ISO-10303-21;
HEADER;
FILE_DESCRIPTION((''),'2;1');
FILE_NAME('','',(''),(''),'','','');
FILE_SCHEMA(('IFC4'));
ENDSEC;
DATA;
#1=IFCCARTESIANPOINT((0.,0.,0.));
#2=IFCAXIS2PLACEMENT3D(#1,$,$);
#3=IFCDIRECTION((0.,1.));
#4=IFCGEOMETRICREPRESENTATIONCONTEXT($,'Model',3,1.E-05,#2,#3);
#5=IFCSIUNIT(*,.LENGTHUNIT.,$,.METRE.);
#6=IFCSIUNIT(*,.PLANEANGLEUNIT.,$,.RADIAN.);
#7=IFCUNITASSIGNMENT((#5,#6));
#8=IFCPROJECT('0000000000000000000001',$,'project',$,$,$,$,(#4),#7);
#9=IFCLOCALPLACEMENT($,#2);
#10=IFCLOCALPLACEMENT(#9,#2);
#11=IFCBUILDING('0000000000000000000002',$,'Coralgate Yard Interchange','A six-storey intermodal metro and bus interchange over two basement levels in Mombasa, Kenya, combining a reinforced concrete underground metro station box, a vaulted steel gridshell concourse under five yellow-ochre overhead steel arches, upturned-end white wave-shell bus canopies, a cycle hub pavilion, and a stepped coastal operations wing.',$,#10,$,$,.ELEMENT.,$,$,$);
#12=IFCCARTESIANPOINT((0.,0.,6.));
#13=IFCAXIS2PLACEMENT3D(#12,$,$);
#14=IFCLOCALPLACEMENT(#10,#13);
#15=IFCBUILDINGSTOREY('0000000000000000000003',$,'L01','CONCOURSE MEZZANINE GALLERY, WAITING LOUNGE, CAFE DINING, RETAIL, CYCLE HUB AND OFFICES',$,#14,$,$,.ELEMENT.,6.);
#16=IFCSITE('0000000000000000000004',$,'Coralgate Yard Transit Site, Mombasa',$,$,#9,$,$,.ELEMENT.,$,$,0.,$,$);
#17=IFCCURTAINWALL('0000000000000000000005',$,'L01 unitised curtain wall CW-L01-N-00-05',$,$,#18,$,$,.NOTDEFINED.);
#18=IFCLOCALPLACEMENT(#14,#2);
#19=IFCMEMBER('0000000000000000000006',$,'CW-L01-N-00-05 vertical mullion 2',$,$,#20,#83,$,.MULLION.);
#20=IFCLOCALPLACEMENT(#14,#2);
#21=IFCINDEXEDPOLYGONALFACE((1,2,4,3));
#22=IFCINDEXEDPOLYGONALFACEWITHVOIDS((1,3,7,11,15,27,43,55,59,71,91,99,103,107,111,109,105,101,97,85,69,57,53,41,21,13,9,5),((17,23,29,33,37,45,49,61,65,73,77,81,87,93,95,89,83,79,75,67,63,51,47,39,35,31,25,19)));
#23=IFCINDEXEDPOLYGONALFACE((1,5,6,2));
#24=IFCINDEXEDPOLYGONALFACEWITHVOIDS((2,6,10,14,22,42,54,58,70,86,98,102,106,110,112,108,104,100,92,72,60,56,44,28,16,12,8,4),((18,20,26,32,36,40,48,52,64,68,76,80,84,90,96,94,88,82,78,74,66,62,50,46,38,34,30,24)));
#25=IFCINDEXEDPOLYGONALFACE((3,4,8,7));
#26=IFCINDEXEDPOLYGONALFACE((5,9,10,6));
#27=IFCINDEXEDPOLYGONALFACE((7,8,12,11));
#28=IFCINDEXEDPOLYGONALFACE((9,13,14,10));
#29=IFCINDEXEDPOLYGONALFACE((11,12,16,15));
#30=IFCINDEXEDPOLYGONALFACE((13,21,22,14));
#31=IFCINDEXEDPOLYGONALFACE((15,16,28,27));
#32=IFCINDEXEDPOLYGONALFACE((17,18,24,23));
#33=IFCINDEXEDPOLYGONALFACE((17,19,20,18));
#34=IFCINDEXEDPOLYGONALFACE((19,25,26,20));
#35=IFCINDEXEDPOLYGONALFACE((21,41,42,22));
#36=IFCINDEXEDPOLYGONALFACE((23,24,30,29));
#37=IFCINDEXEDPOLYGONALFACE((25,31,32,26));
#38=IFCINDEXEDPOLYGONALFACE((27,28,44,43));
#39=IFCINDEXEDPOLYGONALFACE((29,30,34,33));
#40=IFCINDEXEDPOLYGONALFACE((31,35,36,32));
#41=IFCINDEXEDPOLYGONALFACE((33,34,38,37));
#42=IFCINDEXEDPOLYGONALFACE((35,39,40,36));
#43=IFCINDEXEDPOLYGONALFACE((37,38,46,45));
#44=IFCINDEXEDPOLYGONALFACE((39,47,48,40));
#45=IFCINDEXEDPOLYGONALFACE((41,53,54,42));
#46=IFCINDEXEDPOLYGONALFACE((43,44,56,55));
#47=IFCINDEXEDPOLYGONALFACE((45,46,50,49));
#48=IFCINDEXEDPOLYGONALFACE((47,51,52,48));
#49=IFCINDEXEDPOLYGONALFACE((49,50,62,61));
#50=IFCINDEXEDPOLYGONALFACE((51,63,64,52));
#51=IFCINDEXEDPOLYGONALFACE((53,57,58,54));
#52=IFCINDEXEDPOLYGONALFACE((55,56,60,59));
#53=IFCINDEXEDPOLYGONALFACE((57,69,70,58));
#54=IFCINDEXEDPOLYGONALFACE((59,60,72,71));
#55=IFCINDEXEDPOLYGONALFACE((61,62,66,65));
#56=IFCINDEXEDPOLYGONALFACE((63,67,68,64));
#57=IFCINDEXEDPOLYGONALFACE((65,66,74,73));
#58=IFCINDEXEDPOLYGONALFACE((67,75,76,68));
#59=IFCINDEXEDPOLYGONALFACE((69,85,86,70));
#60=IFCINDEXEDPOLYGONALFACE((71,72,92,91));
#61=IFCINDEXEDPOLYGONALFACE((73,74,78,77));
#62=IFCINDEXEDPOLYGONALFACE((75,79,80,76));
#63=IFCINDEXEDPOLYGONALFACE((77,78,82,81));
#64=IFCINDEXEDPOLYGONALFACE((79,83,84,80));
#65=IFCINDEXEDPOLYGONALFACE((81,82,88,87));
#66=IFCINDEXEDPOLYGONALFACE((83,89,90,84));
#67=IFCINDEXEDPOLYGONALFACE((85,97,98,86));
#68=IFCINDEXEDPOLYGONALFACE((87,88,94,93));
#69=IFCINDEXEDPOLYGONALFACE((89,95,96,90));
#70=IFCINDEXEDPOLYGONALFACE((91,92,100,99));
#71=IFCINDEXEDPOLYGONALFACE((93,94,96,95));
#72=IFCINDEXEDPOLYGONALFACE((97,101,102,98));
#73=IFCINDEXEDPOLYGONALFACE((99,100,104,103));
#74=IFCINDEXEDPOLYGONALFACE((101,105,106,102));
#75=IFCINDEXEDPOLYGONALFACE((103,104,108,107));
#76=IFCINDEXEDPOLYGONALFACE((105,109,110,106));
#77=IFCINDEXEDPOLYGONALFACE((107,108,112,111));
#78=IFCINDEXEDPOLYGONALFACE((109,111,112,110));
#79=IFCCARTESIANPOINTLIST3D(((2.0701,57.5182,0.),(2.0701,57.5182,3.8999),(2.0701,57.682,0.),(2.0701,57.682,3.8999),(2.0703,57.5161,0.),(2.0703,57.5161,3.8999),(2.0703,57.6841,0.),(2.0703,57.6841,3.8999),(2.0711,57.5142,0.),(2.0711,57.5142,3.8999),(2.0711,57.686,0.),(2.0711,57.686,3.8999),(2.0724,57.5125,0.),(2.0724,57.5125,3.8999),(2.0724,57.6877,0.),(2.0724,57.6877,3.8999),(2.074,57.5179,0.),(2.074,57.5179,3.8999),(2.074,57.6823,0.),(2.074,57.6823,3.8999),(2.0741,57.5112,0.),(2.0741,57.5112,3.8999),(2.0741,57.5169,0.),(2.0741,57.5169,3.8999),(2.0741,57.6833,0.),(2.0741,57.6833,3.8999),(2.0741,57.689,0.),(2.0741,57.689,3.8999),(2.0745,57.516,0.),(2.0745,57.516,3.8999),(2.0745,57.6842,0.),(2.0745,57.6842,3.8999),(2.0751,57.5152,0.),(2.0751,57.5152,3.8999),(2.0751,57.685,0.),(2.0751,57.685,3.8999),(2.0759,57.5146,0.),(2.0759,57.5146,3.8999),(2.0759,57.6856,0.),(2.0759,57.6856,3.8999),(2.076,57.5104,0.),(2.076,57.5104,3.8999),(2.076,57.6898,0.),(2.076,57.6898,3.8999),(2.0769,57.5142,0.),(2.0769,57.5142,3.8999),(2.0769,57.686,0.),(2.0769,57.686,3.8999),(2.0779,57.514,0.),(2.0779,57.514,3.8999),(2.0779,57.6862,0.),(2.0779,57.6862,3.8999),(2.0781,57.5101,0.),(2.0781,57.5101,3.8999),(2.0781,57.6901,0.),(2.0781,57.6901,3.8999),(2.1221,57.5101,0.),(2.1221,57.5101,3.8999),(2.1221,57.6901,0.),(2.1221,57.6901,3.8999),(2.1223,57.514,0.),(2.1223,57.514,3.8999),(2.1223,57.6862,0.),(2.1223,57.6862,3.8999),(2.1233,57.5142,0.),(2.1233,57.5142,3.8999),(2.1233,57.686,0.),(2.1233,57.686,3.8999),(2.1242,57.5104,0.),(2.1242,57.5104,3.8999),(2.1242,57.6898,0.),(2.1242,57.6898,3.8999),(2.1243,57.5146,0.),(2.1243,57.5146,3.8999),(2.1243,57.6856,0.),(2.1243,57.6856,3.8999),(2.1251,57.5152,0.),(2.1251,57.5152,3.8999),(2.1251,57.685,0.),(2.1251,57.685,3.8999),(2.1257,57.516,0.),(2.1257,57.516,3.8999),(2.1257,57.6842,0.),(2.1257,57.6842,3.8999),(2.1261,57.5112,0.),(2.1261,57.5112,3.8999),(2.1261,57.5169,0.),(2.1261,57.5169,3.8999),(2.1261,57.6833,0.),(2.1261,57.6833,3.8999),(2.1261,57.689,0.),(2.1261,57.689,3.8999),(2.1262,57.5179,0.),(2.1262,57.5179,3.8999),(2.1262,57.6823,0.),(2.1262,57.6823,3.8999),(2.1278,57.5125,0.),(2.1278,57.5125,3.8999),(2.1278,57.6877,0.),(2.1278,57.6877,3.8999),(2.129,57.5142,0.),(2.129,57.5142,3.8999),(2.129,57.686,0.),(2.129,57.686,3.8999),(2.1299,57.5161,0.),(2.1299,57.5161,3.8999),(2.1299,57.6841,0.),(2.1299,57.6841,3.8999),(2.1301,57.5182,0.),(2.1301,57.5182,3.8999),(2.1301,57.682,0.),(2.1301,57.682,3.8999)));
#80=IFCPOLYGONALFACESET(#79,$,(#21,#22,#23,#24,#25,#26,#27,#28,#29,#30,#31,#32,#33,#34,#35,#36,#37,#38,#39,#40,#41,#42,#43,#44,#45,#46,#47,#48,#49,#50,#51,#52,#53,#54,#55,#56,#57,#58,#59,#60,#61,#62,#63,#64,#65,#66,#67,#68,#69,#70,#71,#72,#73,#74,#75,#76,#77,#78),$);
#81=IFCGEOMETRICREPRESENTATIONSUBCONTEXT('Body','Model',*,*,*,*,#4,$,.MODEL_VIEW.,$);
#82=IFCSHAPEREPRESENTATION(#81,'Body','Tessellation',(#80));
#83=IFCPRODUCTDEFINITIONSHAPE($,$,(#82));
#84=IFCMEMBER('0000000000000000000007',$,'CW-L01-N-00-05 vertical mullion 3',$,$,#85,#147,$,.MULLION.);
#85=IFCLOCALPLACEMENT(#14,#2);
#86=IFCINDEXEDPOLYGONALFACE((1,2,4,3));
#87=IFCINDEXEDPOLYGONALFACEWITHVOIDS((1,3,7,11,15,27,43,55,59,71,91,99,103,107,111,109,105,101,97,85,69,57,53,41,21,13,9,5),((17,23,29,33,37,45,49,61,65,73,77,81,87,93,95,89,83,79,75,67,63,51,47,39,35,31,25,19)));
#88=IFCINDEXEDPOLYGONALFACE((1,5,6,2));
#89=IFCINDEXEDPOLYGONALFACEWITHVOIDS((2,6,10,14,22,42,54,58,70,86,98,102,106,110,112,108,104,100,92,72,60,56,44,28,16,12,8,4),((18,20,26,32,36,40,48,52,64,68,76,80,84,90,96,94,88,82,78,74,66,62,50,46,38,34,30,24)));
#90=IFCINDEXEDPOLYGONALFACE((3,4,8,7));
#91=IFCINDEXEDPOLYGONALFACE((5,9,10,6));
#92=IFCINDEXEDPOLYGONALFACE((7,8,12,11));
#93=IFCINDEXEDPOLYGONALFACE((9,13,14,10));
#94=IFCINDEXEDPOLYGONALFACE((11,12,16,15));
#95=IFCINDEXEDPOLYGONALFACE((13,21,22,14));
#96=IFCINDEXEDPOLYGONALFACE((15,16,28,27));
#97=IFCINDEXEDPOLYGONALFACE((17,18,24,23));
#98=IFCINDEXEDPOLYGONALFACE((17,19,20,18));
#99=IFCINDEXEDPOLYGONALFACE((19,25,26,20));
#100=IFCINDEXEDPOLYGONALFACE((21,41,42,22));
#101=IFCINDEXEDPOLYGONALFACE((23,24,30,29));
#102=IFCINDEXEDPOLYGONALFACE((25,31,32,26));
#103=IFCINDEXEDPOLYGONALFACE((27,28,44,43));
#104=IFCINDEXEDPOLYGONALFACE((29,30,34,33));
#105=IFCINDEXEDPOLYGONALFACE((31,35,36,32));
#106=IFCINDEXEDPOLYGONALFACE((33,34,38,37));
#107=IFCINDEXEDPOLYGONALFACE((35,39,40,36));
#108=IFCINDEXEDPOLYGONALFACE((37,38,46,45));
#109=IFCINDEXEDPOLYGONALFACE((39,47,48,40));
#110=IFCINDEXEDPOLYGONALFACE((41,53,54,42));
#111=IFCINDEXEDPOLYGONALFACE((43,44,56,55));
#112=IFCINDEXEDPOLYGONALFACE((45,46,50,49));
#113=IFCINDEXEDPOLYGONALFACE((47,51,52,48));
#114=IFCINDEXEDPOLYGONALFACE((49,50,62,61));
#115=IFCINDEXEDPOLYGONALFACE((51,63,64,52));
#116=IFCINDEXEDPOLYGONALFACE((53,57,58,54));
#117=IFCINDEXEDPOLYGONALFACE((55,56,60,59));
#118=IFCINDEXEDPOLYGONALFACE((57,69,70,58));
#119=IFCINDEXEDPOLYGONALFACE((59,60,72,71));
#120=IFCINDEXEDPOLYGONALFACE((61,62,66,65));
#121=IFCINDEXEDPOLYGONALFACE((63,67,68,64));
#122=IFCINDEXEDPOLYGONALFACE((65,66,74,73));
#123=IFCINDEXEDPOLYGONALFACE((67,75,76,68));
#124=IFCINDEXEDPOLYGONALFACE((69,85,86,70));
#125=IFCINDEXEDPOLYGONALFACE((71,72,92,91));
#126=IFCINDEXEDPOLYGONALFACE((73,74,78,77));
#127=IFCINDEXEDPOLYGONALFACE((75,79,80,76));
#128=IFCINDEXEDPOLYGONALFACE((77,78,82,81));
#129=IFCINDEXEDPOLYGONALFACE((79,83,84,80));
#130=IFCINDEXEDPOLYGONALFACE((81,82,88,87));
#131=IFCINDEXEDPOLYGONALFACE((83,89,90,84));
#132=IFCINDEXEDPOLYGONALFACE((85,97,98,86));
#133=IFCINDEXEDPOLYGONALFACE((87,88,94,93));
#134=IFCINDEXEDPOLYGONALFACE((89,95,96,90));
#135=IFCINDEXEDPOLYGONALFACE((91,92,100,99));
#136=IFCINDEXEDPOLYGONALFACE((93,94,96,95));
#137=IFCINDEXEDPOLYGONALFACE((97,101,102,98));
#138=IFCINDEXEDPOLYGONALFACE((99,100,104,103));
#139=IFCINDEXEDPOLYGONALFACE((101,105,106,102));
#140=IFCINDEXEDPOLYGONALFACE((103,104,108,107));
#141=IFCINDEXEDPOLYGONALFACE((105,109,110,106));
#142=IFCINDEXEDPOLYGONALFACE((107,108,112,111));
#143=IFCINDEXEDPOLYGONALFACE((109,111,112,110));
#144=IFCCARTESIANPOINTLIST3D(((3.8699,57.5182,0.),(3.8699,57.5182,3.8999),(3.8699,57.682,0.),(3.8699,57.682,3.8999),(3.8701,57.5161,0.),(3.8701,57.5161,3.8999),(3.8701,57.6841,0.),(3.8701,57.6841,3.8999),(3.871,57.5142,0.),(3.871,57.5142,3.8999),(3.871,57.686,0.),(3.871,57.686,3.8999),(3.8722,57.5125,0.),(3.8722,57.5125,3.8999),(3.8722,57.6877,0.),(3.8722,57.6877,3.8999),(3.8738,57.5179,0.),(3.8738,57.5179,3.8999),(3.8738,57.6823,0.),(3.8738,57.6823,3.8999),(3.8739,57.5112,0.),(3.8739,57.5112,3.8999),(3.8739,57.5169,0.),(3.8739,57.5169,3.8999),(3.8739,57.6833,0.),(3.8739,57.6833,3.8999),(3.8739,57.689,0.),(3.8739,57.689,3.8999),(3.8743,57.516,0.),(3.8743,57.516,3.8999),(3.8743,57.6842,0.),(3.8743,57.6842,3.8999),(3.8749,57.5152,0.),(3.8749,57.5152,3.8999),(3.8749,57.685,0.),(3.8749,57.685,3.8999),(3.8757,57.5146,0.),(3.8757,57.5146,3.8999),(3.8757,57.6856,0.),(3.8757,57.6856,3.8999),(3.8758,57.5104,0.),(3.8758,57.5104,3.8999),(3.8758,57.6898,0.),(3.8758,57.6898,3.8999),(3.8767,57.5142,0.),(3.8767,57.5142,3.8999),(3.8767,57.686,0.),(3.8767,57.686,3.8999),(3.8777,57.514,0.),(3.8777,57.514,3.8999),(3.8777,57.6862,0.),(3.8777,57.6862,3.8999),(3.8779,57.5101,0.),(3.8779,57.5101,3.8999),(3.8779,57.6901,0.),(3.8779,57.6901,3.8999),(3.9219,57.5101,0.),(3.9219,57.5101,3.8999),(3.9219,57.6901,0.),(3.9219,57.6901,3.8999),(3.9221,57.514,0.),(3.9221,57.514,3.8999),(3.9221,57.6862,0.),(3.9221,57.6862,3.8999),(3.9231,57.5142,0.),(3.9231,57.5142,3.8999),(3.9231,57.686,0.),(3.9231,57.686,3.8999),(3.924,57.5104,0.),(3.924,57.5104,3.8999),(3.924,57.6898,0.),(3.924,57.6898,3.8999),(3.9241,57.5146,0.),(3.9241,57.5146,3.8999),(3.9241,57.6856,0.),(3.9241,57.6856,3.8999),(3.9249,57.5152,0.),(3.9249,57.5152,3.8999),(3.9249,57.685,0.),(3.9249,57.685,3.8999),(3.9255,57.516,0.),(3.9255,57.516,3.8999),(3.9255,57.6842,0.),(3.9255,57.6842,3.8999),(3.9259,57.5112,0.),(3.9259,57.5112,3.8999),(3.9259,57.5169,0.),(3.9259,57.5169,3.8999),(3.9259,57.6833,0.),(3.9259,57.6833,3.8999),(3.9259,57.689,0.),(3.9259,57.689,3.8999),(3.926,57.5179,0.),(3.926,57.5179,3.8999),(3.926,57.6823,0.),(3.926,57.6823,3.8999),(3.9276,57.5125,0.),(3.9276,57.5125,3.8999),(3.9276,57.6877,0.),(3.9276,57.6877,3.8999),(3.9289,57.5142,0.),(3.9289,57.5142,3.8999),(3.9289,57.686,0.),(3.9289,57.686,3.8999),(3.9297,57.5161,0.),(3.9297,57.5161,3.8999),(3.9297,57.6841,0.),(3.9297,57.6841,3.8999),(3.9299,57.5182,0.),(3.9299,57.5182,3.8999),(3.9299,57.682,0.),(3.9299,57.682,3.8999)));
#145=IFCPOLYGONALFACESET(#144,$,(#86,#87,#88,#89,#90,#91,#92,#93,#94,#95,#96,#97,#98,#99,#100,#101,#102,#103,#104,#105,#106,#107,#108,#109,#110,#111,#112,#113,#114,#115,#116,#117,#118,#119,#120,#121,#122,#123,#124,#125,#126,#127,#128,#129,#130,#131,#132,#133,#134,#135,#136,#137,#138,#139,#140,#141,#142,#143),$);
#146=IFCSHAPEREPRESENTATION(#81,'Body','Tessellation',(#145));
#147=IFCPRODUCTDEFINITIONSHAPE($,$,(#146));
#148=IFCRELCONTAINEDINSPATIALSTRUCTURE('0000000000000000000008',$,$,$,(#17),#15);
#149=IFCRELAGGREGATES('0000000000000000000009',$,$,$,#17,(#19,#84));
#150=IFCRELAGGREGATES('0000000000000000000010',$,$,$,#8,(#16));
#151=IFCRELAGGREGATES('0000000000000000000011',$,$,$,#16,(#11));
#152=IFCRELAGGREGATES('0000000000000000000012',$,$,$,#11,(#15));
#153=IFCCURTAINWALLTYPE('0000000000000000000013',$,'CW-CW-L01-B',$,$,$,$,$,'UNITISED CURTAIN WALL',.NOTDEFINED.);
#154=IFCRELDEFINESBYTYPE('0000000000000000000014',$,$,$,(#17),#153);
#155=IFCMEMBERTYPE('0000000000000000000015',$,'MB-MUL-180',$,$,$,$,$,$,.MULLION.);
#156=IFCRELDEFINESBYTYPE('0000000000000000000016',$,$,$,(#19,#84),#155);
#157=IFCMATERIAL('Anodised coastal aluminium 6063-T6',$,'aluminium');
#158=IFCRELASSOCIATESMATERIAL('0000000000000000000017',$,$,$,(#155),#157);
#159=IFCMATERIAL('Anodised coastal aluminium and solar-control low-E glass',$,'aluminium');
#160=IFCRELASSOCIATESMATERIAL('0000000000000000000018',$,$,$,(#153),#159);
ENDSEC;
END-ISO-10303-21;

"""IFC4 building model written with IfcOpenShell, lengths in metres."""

from ifc_helpers import new_model, si_unit, direction, frame, origin, origin_2d, place, context, subcontext, project, spatial, hollow_rectangle, extrude, material, material_profile, profile_set, type_object, element, aggregate, save


model = new_model("IFC4")

# Units and contexts
model_context = context("Model", 3, precision=1e-05, world=origin(), true_north=direction((0.0, 1.0)))
body_context = subcontext(model_context, "Body", "Model", "MODEL_VIEW")
ifc_project = project(units=[si_unit("LENGTHUNIT", "METRE"), si_unit("PLANEANGLEUNIT", "RADIAN")], contexts=[model_context])

# Site, building, storey
site_placement = place(None, origin())
site = spatial("IfcSite", under=ifc_project, at=site_placement, Name="Coralgate Yard Transit Site, Mombasa", CompositionType="ELEMENT", RefElevation=0.0)
building_placement = place(site_placement, origin())
building = spatial("IfcBuilding", under=site, at=building_placement, Name="Coralgate Yard Interchange", Description="A six-storey intermodal metro and bus interchange over two basement levels in Mombasa, Kenya, combining a reinforced concrete underground metro station box, a vaulted steel gridshell concourse under five yellow-ochre overhead steel arches, upturned-end white wave-shell bus canopies, a cycle hub pavilion, and a stepped coastal operations wing.", CompositionType="ELEMENT")
storey_placement = place(building_placement, frame((0.0, 0.0, 6.0)))
storey = spatial("IfcBuildingStorey", under=building, at=storey_placement, Name="L01", Description="CONCOURSE MEZZANINE GALLERY, WAITING LOUNGE, CAFE DINING, RETAIL, CYCLE HUB AND OFFICES", CompositionType="ELEMENT", Elevation=6.0)

# Curtain wall, members
ifc_material_1 = material(Name="Anodised coastal aluminium and solar-control low-E glass", Category="aluminium")
ifc_material_2 = material(Name="Anodised coastal aluminium 6063-T6", Category="aluminium")
ifc_material_profile_1 = material_profile(ifc_material_2, hollow_rectangle(XDim=0.0601, YDim=0.1799, WallThickness=0.0039, InnerFilletRadius=0.0039, OuterFilletRadius=0.0081, at=origin_2d()), Name="ALU 60x180x4")
ifc_profile_set_1 = profile_set([ifc_material_profile_1], Name="Anodised coastal aluminium 6063-T6")
member_type_1 = type_object("IfcMemberType", Name="MB-MUL-180", PredefinedType="MULLION", material=ifc_profile_set_1)
curtain_wall_type_1 = type_object("IfcCurtainWallType", Name="CW-CW-L01-B", ElementType="UNITISED CURTAIN WALL", PredefinedType="NOTDEFINED", material=ifc_material_1)
curtain_wall_1_placement = place(storey_placement, origin())
curtain_wall_1 = element("IfcCurtainWall", 1, at=curtain_wall_1_placement, inside=storey, type_object=curtain_wall_type_1, Name="L01 unitised curtain wall CW-L01-N-00-05", PredefinedType="NOTDEFINED")
member_1_placement = place(storey_placement, frame((2.1001, 57.6001, 0.0), z_axis=(0.0, 0.0, 1.0), x_axis=(1.0, 0.0, 0.0)))
member_1 = element("IfcMember", 2, at=member_1_placement, type_object=member_type_1, Name="CW-L01-N-00-05 vertical mullion 2", PredefinedType="MULLION", context=body_context, shape_type="SweptSolid", body=[
    extrude(hollow_rectangle(XDim=0.0601, YDim=0.1799, WallThickness=0.0039, InnerFilletRadius=0.0039, OuterFilletRadius=0.0081, at=origin_2d()), origin(), (0.0, 0.0, 1.0), 3.8999),
])
member_2_placement = place(storey_placement, frame((3.8999, 57.6001, 0.0), z_axis=(0.0, 0.0, 1.0), x_axis=(1.0, 0.0, 0.0)))
member_2 = element("IfcMember", 3, at=member_2_placement, type_object=member_type_1, Name="CW-L01-N-00-05 vertical mullion 3", PredefinedType="MULLION", context=body_context, shape_type="SweptSolid", body=[
    extrude(hollow_rectangle(XDim=0.0601, YDim=0.1799, WallThickness=0.0039, InnerFilletRadius=0.0039, OuterFilletRadius=0.0081, at=origin_2d()), origin(), (0.0, 0.0, 1.0), 3.8999),
])

aggregate(curtain_wall_1, [member_1, member_2])

save(model, "model.ifc")
